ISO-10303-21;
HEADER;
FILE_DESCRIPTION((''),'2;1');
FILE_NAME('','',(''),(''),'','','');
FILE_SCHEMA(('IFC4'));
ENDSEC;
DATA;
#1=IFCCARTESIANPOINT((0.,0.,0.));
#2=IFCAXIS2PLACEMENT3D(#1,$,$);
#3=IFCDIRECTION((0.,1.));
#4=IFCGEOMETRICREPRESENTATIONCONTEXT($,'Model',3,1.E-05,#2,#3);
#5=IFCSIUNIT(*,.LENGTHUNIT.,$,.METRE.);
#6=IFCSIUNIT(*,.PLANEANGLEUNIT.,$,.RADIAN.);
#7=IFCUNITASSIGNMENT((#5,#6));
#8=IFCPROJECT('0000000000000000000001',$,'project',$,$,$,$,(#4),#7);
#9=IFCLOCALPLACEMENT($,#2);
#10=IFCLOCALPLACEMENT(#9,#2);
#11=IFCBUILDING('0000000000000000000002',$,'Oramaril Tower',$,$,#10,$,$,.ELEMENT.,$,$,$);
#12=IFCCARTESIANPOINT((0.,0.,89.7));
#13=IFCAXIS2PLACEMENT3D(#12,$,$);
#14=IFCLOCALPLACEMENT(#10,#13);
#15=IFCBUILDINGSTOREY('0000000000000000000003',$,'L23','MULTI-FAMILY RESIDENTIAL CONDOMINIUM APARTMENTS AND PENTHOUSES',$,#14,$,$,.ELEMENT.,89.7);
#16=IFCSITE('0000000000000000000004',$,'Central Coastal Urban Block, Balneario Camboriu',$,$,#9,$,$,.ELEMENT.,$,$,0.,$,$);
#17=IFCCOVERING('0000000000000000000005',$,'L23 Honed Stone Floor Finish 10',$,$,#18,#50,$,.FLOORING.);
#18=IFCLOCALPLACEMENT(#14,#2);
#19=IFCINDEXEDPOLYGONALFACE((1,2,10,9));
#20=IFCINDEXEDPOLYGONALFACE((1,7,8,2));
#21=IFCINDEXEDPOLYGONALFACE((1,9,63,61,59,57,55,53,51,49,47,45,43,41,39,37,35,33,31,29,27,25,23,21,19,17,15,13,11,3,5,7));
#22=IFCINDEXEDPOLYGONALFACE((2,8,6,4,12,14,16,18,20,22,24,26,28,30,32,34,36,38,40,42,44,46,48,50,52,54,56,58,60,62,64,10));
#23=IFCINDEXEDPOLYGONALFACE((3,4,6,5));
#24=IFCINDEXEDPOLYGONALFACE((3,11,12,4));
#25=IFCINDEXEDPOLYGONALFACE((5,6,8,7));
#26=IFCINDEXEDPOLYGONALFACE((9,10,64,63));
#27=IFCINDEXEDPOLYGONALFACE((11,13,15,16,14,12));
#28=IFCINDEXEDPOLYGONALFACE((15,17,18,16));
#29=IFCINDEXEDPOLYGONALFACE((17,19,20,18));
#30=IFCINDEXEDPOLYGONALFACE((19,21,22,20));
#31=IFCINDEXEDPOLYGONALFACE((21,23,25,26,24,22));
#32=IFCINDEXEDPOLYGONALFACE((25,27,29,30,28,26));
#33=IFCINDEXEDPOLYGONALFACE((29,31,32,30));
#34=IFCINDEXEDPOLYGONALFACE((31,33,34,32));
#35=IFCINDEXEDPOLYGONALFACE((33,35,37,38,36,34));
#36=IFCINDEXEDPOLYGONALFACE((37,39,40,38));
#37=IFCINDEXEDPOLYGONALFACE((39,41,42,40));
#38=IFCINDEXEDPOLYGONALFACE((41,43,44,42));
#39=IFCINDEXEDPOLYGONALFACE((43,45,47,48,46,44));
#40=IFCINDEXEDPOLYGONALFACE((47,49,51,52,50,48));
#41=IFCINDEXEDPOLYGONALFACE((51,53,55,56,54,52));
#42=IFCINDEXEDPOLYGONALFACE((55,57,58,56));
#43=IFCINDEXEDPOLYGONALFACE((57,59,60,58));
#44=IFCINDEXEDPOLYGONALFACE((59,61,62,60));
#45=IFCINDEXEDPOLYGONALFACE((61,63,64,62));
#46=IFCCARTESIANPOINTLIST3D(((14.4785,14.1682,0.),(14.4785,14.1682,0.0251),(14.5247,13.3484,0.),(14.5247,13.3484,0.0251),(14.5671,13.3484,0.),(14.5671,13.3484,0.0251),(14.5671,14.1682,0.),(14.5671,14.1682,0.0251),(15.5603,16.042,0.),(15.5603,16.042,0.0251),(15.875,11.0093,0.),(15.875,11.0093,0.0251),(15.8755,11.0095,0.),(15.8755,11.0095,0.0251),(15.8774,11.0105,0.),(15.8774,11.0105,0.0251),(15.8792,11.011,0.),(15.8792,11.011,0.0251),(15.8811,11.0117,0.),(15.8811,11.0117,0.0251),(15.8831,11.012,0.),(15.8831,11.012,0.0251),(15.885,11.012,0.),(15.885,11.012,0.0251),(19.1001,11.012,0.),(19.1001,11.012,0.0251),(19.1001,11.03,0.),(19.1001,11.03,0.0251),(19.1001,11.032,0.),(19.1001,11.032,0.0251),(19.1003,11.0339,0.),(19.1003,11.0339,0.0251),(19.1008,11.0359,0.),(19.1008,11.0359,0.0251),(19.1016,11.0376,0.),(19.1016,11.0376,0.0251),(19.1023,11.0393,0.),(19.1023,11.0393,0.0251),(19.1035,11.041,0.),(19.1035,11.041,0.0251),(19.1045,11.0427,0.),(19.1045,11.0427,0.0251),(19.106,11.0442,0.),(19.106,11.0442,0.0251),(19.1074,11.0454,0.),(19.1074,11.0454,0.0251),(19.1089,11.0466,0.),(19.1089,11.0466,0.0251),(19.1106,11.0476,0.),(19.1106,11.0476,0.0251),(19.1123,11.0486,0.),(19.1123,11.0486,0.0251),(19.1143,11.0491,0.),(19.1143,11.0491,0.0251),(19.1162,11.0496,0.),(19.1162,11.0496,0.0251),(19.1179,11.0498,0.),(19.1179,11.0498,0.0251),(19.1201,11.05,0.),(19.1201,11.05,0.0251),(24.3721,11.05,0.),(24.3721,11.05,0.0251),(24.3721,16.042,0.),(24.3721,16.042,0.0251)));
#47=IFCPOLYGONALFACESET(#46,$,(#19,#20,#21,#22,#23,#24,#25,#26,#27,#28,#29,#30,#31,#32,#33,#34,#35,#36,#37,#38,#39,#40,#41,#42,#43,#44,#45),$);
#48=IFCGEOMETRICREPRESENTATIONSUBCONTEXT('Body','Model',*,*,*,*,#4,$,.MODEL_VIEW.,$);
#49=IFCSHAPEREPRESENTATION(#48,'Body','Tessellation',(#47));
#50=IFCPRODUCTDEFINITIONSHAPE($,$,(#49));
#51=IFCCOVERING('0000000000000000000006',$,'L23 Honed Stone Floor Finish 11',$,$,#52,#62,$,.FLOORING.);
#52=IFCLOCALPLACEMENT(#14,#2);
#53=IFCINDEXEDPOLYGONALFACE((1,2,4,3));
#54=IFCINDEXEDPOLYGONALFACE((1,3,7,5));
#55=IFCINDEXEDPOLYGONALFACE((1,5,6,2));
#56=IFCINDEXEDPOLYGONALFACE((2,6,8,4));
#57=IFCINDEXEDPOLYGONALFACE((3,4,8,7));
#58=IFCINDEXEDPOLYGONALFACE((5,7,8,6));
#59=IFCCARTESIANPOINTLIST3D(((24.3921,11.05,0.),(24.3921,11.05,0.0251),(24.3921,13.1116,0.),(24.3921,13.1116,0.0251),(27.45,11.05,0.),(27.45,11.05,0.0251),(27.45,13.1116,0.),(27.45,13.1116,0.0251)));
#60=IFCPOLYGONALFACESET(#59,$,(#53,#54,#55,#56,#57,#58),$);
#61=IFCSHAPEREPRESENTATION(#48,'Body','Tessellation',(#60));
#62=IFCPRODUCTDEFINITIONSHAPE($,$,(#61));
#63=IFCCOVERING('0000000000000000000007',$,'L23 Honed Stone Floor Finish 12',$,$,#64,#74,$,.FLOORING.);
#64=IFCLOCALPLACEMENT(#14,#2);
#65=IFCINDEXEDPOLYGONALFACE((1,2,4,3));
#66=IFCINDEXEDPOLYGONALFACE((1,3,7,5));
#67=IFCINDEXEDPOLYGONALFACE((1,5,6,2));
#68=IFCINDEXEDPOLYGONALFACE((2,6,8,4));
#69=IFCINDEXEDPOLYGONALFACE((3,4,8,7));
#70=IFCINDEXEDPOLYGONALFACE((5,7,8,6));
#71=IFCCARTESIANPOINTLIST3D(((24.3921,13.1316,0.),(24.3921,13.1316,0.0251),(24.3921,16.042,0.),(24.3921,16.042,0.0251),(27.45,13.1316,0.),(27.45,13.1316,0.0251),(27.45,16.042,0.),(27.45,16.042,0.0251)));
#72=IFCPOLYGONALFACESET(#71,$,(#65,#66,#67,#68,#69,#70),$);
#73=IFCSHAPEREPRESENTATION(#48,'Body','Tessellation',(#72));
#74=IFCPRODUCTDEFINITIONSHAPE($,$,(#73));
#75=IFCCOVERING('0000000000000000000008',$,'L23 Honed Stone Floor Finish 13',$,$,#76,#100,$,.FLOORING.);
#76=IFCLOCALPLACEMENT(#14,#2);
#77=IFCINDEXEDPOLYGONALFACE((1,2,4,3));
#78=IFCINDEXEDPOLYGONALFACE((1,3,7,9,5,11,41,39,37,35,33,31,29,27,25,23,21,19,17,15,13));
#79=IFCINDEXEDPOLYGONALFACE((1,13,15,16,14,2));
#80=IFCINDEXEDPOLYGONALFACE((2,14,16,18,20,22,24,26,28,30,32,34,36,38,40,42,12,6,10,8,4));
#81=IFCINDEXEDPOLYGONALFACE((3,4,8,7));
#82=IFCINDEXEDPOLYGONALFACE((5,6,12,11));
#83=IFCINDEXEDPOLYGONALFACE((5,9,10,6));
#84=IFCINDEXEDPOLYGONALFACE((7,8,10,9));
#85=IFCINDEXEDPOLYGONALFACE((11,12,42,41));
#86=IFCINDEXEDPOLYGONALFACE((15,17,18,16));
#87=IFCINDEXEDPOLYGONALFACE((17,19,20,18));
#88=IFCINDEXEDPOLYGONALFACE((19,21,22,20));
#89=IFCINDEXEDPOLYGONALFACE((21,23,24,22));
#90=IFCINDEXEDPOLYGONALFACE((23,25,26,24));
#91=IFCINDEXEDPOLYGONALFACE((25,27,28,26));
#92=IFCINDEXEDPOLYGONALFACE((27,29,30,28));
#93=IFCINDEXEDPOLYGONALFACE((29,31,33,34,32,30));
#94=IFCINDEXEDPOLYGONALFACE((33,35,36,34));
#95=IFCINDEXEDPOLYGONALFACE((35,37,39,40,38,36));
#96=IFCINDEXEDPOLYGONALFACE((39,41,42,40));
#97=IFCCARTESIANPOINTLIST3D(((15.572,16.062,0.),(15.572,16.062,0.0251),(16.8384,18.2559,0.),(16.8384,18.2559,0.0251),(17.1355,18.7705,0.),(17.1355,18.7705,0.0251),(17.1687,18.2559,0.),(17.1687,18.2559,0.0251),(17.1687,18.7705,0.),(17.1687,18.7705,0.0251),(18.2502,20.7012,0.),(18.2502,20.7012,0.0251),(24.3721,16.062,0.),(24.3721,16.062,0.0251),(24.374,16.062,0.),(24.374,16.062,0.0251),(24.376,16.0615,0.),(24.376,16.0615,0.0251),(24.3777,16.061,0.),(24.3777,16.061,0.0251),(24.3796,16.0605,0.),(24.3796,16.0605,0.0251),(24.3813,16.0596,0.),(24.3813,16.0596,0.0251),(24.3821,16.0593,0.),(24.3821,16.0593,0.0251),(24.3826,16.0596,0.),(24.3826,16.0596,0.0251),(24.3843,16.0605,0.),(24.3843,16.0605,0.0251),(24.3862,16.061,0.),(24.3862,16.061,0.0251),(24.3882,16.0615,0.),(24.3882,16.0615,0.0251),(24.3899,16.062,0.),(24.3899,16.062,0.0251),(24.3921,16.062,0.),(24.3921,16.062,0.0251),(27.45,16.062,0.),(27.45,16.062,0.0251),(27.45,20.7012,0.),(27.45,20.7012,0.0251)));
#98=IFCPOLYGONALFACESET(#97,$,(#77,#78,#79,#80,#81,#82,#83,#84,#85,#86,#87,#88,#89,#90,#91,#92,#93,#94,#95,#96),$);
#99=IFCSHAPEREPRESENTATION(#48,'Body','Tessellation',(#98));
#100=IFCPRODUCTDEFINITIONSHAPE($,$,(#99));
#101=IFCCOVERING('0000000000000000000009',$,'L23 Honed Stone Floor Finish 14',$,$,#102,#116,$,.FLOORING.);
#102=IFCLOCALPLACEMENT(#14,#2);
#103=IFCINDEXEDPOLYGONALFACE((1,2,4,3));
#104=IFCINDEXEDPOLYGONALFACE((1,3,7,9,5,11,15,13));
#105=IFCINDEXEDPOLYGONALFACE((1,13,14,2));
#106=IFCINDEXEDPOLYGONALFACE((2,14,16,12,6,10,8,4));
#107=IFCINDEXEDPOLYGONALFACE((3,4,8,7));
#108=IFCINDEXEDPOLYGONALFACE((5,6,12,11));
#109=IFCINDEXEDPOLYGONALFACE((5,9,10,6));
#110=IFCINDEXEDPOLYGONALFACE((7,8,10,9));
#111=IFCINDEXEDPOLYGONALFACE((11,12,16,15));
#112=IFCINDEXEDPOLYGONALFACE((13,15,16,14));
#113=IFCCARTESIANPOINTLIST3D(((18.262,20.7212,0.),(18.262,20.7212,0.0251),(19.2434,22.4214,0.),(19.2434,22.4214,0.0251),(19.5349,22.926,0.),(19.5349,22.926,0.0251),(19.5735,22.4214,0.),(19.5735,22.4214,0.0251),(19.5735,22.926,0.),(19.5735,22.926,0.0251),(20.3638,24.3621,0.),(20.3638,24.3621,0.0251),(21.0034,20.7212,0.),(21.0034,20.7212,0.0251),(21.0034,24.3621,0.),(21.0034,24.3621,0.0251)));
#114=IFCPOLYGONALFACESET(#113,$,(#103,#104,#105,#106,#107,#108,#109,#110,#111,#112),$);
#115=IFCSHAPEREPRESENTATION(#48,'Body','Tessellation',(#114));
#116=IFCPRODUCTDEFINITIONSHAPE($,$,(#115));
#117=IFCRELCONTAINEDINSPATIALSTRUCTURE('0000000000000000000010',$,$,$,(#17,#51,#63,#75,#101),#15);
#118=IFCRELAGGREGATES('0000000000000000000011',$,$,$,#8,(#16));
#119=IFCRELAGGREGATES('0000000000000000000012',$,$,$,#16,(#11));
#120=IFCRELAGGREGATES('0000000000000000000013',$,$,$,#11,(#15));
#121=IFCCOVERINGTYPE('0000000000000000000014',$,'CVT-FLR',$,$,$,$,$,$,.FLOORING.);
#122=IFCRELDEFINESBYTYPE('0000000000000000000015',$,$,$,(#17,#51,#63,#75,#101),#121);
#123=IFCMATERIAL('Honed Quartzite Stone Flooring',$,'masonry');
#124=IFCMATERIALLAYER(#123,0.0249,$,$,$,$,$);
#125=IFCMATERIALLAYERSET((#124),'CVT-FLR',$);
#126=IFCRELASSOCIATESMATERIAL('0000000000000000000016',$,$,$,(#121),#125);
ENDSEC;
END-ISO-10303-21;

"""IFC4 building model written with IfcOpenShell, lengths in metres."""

from ifc_helpers import new_model, si_unit, direction, frame, origin, place, context, subcontext, project, spatial, polyline, outline, extrude, material, layer, layer_set, type_object, element, save


model = new_model("IFC4")

# Units and contexts
model_context = context("Model", 3, precision=1e-05, world=origin(), true_north=direction((0.0, 1.0)))
body_context = subcontext(model_context, "Body", "Model", "MODEL_VIEW")
ifc_project = project(units=[si_unit("LENGTHUNIT", "METRE"), si_unit("PLANEANGLEUNIT", "RADIAN")], contexts=[model_context])

# Site, building, storey
site_placement = place(None, origin())
site = spatial("IfcSite", under=ifc_project, at=site_placement, Name="Central Coastal Urban Block, Balneario Camboriu", CompositionType="ELEMENT", RefElevation=0.0)
building_placement = place(site_placement, origin())
building = spatial("IfcBuilding", under=site, at=building_placement, Name="Oramaril Tower", CompositionType="ELEMENT")
storey_placement = place(building_placement, frame((0.0, 0.0, 89.7)))
storey = spatial("IfcBuildingStorey", under=building, at=storey_placement, Name="L23", Description="MULTI-FAMILY RESIDENTIAL CONDOMINIUM APARTMENTS AND PENTHOUSES", CompositionType="ELEMENT", Elevation=89.7)

# Coverings
ifc_material_1 = material(Name="Honed Quartzite Stone Flooring", Category="masonry")
ifc_layer_1 = layer(ifc_material_1, 0.0249)
ifc_layer_set_1 = layer_set([ifc_layer_1], Name="CVT-FLR")
covering_type_1 = type_object("IfcCoveringType", Name="CVT-FLR", PredefinedType="FLOORING", material=ifc_layer_set_1)
covering_1_placement = place(storey_placement, origin())
element("IfcCovering", 1, at=covering_1_placement, inside=storey, type_object=covering_type_1, Name="L23 Honed Stone Floor Finish 10", PredefinedType="FLOORING", context=body_context, shape_type="SweptSolid", body=[
    extrude(outline(polyline([(24.3721, 11.05), (19.1201, 11.05), (19.1179, 11.0498), (19.1162, 11.0496), (19.1143, 11.0491), (19.1123, 11.0486), (19.1106, 11.0476), (19.1089, 11.0466), (19.1074, 11.0454), (19.106, 11.0442), (19.1045, 11.0427), (19.1035, 11.041), (19.1023, 11.0393), (19.1016, 11.0376), (19.1008, 11.0359), (19.1003, 11.0339), (19.1001, 11.032), (19.1001, 11.03), (19.1001, 11.012), (15.885, 11.012), (15.8831, 11.012), (15.8811, 11.0117), (15.8792, 11.011), (15.8774, 11.0105), (15.8755, 11.0095), (15.875, 11.0093), (14.5247, 13.3484), (14.5671, 13.3484), (14.5671, 14.1682), (14.4785, 14.1682), (15.5603, 16.042), (24.3721, 16.042), (24.3721, 11.05)])), origin(), (0.0, 0.0, 1.0), 0.0251),
])
covering_2_placement = place(storey_placement, origin())
element("IfcCovering", 2, at=covering_2_placement, inside=storey, type_object=covering_type_1, Name="L23 Honed Stone Floor Finish 11", PredefinedType="FLOORING", context=body_context, shape_type="SweptSolid", body=[
    extrude(outline(polyline([(27.45, 13.1116), (27.45, 11.05), (24.3921, 11.05), (24.3921, 13.1116), (27.45, 13.1116)])), origin(), (0.0, 0.0, 1.0), 0.0251),
])
covering_3_placement = place(storey_placement, origin())
element("IfcCovering", 3, at=covering_3_placement, inside=storey, type_object=covering_type_1, Name="L23 Honed Stone Floor Finish 12", PredefinedType="FLOORING", context=body_context, shape_type="SweptSolid", body=[
    extrude(outline(polyline([(27.45, 16.042), (27.45, 13.1316), (24.3921, 13.1316), (24.3921, 16.042), (27.45, 16.042)])), origin(), (0.0, 0.0, 1.0), 0.0251),
])
covering_4_placement = place(storey_placement, origin())
element("IfcCovering", 4, at=covering_4_placement, inside=storey, type_object=covering_type_1, Name="L23 Honed Stone Floor Finish 13", PredefinedType="FLOORING", context=body_context, shape_type="SweptSolid", body=[
    extrude(outline(polyline([(16.8384, 18.2559), (17.1687, 18.2559), (17.1687, 18.7705), (17.1355, 18.7705), (18.2502, 20.7012), (27.45, 20.7012), (27.45, 16.062), (24.3921, 16.062), (24.3899, 16.062), (24.3882, 16.0615), (24.3862, 16.061), (24.3843, 16.0605), (24.3826, 16.0596), (24.3821, 16.0593), (24.3813, 16.0596), (24.3796, 16.0605), (24.3777, 16.061), (24.376, 16.0615), (24.374, 16.062), (24.3721, 16.062), (15.572, 16.062), (16.8384, 18.2559)])), origin(), (0.0, 0.0, 1.0), 0.0251),
])
covering_5_placement = place(storey_placement, origin())
element("IfcCovering", 5, at=covering_5_placement, inside=storey, type_object=covering_type_1, Name="L23 Honed Stone Floor Finish 14", PredefinedType="FLOORING", context=body_context, shape_type="SweptSolid", body=[
    extrude(outline(polyline([(19.5735, 22.4214), (19.5735, 22.926), (19.5349, 22.926), (20.3638, 24.3621), (21.0034, 24.3621), (21.0034, 20.7212), (18.262, 20.7212), (19.2434, 22.4214), (19.5735, 22.4214)])), origin(), (0.0, 0.0, 1.0), 0.0251),
])

save(model, "model.ifc")
